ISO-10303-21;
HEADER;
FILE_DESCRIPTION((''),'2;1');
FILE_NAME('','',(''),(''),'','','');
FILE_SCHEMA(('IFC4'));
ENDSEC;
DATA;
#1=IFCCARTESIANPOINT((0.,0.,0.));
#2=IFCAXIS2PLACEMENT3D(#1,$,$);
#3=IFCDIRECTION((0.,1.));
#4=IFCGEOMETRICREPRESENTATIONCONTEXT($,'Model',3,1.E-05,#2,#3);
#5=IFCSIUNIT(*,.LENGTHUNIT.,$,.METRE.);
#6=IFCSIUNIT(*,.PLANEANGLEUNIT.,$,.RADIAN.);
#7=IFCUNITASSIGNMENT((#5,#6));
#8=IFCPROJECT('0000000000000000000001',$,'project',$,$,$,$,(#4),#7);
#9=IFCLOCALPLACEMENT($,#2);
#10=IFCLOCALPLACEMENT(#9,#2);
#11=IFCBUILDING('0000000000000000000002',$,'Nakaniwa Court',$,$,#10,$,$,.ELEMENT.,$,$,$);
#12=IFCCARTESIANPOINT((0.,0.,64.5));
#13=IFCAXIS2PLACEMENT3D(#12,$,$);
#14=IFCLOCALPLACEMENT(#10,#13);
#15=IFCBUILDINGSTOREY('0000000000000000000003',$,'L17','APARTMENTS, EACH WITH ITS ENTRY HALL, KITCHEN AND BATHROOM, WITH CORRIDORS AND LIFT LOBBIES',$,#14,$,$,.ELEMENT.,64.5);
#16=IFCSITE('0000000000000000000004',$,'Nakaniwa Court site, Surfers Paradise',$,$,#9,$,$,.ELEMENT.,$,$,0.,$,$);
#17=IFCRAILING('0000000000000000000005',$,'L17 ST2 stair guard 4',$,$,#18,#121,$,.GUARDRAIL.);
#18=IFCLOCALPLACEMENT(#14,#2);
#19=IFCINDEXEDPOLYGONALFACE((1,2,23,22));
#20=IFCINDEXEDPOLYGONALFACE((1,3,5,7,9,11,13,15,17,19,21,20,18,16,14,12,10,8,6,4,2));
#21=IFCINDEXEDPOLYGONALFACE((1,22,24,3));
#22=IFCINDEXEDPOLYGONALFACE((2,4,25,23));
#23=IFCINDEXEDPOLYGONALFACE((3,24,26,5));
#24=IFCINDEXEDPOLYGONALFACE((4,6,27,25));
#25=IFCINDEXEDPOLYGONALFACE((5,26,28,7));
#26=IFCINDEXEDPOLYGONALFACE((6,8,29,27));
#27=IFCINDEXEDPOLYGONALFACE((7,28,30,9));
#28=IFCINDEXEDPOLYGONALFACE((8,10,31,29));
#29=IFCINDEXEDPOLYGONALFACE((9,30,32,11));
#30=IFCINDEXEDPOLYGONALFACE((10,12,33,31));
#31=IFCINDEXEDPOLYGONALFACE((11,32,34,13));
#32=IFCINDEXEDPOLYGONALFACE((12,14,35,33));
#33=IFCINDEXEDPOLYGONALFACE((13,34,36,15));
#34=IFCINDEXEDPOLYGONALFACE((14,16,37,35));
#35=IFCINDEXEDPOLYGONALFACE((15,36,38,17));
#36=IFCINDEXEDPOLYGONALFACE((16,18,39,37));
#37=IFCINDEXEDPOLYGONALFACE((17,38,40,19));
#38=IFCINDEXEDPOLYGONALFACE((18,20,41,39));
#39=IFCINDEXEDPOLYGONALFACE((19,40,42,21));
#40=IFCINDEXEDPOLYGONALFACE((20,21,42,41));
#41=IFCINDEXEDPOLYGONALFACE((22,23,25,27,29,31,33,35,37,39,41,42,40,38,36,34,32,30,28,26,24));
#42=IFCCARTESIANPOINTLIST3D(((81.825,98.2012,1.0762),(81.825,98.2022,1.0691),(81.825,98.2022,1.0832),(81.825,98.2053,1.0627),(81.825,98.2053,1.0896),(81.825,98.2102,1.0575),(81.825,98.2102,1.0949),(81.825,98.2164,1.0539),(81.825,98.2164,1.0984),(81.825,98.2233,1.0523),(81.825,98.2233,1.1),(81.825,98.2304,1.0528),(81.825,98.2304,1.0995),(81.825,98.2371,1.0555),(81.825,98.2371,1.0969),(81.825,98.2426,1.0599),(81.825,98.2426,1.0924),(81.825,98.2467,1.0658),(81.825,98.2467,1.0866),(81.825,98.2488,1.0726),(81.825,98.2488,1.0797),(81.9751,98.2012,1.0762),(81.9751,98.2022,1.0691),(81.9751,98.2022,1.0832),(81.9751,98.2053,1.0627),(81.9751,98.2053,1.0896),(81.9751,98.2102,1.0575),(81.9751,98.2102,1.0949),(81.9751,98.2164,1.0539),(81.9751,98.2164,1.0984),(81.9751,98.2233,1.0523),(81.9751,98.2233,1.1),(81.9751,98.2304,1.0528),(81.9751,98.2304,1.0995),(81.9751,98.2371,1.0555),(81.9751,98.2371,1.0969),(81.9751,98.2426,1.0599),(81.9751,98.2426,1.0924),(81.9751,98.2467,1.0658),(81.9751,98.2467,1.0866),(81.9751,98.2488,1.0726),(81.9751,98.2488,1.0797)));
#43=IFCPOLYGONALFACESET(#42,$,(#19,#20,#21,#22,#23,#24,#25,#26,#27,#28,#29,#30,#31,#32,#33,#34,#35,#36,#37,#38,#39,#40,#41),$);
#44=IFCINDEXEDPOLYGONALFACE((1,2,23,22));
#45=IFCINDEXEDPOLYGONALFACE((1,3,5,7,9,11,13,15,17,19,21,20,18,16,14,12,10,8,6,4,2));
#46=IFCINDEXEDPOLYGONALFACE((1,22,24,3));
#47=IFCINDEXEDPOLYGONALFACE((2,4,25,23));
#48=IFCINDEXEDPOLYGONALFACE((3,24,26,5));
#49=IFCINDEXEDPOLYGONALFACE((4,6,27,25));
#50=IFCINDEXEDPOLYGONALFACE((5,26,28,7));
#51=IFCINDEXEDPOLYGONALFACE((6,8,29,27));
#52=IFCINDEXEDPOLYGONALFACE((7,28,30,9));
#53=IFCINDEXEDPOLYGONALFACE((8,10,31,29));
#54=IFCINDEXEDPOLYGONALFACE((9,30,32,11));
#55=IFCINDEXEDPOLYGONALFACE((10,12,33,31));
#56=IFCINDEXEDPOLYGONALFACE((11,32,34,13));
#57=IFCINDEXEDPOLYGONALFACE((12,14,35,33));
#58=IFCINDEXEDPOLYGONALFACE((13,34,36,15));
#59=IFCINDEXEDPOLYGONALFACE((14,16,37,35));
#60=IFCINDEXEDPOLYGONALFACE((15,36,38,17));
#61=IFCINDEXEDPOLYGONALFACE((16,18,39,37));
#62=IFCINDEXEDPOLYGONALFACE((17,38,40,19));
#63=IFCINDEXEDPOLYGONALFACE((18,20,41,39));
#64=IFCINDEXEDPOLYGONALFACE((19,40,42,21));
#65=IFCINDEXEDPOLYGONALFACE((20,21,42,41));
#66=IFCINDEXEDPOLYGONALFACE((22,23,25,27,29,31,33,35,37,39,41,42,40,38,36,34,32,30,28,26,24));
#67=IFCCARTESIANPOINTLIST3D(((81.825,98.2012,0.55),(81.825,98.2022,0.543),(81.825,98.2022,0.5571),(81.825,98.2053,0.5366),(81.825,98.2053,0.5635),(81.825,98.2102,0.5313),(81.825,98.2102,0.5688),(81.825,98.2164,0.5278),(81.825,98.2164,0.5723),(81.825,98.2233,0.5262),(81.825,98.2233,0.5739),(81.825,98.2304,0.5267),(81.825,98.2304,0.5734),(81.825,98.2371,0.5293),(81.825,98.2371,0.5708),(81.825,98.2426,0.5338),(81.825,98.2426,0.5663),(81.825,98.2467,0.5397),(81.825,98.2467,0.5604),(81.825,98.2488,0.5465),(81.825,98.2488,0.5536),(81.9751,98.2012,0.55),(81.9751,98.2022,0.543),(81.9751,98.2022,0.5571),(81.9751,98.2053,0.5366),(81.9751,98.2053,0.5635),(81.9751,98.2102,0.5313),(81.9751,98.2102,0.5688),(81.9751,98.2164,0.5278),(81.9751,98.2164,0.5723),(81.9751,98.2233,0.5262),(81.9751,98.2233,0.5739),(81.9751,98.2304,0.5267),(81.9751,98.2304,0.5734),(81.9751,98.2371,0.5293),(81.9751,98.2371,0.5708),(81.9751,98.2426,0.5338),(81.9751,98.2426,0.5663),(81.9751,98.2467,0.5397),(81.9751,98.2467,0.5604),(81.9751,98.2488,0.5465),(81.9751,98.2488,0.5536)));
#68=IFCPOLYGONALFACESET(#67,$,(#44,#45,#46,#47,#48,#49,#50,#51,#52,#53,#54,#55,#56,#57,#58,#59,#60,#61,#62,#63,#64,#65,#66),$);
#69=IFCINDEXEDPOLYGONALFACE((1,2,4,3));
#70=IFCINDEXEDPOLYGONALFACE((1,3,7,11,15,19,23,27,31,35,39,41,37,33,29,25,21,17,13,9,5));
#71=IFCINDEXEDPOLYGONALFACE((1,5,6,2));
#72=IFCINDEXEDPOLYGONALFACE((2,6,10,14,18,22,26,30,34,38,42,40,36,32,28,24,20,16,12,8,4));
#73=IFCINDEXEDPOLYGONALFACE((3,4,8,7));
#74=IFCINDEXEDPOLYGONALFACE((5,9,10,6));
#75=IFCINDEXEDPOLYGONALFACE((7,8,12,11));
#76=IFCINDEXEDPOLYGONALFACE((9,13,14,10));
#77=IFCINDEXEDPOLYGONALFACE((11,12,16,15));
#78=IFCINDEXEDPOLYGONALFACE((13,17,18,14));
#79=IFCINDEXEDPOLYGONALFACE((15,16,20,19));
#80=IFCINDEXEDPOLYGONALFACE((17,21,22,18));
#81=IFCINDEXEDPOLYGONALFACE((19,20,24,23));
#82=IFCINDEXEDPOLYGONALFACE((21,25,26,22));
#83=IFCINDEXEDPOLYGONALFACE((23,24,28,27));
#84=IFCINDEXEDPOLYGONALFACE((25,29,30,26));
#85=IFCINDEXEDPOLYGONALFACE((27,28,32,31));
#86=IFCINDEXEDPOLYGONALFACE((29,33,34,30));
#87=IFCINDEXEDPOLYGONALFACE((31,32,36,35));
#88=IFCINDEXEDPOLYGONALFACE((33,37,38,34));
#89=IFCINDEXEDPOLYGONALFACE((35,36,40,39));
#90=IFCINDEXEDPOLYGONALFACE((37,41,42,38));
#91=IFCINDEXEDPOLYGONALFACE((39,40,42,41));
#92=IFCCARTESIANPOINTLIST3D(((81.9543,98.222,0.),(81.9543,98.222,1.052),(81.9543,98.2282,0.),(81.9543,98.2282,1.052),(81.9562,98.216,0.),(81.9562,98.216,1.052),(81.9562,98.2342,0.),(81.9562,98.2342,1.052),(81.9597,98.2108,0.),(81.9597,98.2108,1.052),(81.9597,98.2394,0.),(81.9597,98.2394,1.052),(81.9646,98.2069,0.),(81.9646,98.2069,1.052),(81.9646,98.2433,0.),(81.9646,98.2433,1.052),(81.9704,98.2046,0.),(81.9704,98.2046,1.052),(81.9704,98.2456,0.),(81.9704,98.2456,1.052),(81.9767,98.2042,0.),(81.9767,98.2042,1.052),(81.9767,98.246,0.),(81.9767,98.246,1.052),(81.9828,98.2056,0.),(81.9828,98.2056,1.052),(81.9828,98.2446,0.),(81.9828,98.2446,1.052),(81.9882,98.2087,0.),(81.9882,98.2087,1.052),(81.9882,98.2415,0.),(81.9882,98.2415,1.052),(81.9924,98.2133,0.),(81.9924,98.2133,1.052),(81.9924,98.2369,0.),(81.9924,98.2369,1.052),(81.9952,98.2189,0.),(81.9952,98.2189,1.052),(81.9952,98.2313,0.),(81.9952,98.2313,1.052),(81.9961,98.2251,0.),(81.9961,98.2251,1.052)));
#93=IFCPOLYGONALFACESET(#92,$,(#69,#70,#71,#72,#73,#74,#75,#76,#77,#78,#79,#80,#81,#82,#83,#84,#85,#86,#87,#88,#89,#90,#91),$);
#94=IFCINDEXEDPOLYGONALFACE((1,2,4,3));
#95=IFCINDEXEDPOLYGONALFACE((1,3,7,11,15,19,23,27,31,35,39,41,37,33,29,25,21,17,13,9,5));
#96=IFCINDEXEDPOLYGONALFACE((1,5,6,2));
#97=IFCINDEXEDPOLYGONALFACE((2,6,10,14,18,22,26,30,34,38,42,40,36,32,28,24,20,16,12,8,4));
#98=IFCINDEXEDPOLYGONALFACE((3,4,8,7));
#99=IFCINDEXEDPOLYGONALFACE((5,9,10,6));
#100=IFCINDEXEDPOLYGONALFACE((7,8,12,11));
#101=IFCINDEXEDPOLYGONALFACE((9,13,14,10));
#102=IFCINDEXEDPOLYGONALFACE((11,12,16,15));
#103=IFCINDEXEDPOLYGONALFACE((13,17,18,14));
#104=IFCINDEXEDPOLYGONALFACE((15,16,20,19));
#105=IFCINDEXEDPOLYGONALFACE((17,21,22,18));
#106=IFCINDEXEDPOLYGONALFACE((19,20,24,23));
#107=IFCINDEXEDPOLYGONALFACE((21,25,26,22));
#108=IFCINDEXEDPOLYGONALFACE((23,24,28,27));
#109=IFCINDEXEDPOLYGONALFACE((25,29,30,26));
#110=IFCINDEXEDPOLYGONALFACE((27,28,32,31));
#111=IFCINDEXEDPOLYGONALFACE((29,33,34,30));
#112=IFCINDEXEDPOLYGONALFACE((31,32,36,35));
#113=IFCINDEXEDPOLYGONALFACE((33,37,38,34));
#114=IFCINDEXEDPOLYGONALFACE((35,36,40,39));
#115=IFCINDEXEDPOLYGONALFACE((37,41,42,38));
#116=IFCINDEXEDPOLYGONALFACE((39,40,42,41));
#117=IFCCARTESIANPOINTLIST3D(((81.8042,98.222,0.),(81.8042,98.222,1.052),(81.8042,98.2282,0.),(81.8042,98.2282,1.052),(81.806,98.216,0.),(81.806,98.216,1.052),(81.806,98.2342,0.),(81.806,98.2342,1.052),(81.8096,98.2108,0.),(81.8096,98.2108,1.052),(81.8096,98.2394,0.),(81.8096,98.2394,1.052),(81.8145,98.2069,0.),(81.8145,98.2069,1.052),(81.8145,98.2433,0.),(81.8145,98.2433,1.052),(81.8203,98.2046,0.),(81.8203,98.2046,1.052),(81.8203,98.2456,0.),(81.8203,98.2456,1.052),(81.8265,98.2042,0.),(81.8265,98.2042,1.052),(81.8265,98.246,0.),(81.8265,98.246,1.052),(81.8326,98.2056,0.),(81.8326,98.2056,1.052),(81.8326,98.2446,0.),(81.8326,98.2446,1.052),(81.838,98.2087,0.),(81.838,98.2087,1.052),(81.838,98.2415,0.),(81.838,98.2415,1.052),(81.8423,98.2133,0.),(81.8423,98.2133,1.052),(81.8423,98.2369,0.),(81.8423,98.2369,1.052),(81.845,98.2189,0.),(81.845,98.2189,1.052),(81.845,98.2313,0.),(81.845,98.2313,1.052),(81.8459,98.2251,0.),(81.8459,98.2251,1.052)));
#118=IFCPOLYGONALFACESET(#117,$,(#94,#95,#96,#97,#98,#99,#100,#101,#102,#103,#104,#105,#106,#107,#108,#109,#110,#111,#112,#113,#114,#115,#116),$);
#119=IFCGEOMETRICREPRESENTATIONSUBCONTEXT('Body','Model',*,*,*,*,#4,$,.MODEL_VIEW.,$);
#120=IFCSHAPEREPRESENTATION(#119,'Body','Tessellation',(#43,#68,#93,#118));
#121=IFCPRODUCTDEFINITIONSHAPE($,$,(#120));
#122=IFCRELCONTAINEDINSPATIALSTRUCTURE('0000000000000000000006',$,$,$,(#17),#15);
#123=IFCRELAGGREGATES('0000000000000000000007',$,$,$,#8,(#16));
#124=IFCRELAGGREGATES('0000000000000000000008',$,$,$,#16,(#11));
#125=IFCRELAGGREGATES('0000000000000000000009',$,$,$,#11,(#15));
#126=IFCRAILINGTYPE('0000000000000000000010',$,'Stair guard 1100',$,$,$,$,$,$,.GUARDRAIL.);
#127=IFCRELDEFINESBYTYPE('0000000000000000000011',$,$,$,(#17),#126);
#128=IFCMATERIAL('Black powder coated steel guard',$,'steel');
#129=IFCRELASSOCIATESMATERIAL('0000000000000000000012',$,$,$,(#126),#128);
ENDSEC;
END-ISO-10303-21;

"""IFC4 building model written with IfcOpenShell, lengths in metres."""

from ifc_helpers import new_model, si_unit, direction, frame, origin, origin_2d, place, context, subcontext, project, spatial, circle, extrude, material, type_object, element, save


model = new_model("IFC4")

# Units and contexts
model_context = context("Model", 3, precision=1e-05, world=origin(), true_north=direction((0.0, 1.0)))
body_context = subcontext(model_context, "Body", "Model", "MODEL_VIEW")
ifc_project = project(units=[si_unit("LENGTHUNIT", "METRE"), si_unit("PLANEANGLEUNIT", "RADIAN")], contexts=[model_context])

# Site, building, storey
site_placement = place(None, origin())
site = spatial("IfcSite", under=ifc_project, at=site_placement, Name="Nakaniwa Court site, Surfers Paradise", CompositionType="ELEMENT", RefElevation=0.0)
building_placement = place(site_placement, origin())
building = spatial("IfcBuilding", under=site, at=building_placement, Name="Nakaniwa Court", CompositionType="ELEMENT")
storey_placement = place(building_placement, frame((0.0, 0.0, 64.5)))
storey = spatial("IfcBuildingStorey", under=building, at=storey_placement, Name="L17", Description="APARTMENTS, EACH WITH ITS ENTRY HALL, KITCHEN AND BATHROOM, WITH CORRIDORS AND LIFT LOBBIES", CompositionType="ELEMENT", Elevation=64.5)

# Railing
ifc_material_1 = material(Name="Black powder coated steel guard", Category="steel")
railing_type_1 = type_object("IfcRailingType", Name="Stair guard 1100", PredefinedType="GUARDRAIL", material=ifc_material_1)
railing_1_placement = place(storey_placement, frame((81.9751, 98.2251, 0.0)))
element("IfcRailing", 1, at=railing_1_placement, inside=storey, type_object=railing_type_1, Name="L17 ST2 stair guard 4", PredefinedType="GUARDRAIL", context=body_context, shape_type="SweptSolid", body=[
    extrude(circle(Radius=0.0239, at=origin_2d()), frame((0.0, 0.0, 1.0762), z_axis=(-1.0, 0.0, 0.0), x_axis=(0.0, -1.0, 0.0)), (0.0, 0.0, 1.0), 0.1501),
    extrude(circle(Radius=0.0239, at=origin_2d()), frame((0.0, 0.0, 0.55), z_axis=(-1.0, 0.0, 0.0), x_axis=(0.0, -1.0, 0.0)), (0.0, 0.0, 1.0), 0.1501),
    extrude(circle(Radius=0.021, at=origin_2d()), origin(), (0.0, 0.0, 1.0), 1.052),
    extrude(circle(Radius=0.021, at=origin_2d()), frame((-0.1501, 0.0, 0.0)), (0.0, 0.0, 1.0), 1.052),
])

save(model, "model.ifc")
